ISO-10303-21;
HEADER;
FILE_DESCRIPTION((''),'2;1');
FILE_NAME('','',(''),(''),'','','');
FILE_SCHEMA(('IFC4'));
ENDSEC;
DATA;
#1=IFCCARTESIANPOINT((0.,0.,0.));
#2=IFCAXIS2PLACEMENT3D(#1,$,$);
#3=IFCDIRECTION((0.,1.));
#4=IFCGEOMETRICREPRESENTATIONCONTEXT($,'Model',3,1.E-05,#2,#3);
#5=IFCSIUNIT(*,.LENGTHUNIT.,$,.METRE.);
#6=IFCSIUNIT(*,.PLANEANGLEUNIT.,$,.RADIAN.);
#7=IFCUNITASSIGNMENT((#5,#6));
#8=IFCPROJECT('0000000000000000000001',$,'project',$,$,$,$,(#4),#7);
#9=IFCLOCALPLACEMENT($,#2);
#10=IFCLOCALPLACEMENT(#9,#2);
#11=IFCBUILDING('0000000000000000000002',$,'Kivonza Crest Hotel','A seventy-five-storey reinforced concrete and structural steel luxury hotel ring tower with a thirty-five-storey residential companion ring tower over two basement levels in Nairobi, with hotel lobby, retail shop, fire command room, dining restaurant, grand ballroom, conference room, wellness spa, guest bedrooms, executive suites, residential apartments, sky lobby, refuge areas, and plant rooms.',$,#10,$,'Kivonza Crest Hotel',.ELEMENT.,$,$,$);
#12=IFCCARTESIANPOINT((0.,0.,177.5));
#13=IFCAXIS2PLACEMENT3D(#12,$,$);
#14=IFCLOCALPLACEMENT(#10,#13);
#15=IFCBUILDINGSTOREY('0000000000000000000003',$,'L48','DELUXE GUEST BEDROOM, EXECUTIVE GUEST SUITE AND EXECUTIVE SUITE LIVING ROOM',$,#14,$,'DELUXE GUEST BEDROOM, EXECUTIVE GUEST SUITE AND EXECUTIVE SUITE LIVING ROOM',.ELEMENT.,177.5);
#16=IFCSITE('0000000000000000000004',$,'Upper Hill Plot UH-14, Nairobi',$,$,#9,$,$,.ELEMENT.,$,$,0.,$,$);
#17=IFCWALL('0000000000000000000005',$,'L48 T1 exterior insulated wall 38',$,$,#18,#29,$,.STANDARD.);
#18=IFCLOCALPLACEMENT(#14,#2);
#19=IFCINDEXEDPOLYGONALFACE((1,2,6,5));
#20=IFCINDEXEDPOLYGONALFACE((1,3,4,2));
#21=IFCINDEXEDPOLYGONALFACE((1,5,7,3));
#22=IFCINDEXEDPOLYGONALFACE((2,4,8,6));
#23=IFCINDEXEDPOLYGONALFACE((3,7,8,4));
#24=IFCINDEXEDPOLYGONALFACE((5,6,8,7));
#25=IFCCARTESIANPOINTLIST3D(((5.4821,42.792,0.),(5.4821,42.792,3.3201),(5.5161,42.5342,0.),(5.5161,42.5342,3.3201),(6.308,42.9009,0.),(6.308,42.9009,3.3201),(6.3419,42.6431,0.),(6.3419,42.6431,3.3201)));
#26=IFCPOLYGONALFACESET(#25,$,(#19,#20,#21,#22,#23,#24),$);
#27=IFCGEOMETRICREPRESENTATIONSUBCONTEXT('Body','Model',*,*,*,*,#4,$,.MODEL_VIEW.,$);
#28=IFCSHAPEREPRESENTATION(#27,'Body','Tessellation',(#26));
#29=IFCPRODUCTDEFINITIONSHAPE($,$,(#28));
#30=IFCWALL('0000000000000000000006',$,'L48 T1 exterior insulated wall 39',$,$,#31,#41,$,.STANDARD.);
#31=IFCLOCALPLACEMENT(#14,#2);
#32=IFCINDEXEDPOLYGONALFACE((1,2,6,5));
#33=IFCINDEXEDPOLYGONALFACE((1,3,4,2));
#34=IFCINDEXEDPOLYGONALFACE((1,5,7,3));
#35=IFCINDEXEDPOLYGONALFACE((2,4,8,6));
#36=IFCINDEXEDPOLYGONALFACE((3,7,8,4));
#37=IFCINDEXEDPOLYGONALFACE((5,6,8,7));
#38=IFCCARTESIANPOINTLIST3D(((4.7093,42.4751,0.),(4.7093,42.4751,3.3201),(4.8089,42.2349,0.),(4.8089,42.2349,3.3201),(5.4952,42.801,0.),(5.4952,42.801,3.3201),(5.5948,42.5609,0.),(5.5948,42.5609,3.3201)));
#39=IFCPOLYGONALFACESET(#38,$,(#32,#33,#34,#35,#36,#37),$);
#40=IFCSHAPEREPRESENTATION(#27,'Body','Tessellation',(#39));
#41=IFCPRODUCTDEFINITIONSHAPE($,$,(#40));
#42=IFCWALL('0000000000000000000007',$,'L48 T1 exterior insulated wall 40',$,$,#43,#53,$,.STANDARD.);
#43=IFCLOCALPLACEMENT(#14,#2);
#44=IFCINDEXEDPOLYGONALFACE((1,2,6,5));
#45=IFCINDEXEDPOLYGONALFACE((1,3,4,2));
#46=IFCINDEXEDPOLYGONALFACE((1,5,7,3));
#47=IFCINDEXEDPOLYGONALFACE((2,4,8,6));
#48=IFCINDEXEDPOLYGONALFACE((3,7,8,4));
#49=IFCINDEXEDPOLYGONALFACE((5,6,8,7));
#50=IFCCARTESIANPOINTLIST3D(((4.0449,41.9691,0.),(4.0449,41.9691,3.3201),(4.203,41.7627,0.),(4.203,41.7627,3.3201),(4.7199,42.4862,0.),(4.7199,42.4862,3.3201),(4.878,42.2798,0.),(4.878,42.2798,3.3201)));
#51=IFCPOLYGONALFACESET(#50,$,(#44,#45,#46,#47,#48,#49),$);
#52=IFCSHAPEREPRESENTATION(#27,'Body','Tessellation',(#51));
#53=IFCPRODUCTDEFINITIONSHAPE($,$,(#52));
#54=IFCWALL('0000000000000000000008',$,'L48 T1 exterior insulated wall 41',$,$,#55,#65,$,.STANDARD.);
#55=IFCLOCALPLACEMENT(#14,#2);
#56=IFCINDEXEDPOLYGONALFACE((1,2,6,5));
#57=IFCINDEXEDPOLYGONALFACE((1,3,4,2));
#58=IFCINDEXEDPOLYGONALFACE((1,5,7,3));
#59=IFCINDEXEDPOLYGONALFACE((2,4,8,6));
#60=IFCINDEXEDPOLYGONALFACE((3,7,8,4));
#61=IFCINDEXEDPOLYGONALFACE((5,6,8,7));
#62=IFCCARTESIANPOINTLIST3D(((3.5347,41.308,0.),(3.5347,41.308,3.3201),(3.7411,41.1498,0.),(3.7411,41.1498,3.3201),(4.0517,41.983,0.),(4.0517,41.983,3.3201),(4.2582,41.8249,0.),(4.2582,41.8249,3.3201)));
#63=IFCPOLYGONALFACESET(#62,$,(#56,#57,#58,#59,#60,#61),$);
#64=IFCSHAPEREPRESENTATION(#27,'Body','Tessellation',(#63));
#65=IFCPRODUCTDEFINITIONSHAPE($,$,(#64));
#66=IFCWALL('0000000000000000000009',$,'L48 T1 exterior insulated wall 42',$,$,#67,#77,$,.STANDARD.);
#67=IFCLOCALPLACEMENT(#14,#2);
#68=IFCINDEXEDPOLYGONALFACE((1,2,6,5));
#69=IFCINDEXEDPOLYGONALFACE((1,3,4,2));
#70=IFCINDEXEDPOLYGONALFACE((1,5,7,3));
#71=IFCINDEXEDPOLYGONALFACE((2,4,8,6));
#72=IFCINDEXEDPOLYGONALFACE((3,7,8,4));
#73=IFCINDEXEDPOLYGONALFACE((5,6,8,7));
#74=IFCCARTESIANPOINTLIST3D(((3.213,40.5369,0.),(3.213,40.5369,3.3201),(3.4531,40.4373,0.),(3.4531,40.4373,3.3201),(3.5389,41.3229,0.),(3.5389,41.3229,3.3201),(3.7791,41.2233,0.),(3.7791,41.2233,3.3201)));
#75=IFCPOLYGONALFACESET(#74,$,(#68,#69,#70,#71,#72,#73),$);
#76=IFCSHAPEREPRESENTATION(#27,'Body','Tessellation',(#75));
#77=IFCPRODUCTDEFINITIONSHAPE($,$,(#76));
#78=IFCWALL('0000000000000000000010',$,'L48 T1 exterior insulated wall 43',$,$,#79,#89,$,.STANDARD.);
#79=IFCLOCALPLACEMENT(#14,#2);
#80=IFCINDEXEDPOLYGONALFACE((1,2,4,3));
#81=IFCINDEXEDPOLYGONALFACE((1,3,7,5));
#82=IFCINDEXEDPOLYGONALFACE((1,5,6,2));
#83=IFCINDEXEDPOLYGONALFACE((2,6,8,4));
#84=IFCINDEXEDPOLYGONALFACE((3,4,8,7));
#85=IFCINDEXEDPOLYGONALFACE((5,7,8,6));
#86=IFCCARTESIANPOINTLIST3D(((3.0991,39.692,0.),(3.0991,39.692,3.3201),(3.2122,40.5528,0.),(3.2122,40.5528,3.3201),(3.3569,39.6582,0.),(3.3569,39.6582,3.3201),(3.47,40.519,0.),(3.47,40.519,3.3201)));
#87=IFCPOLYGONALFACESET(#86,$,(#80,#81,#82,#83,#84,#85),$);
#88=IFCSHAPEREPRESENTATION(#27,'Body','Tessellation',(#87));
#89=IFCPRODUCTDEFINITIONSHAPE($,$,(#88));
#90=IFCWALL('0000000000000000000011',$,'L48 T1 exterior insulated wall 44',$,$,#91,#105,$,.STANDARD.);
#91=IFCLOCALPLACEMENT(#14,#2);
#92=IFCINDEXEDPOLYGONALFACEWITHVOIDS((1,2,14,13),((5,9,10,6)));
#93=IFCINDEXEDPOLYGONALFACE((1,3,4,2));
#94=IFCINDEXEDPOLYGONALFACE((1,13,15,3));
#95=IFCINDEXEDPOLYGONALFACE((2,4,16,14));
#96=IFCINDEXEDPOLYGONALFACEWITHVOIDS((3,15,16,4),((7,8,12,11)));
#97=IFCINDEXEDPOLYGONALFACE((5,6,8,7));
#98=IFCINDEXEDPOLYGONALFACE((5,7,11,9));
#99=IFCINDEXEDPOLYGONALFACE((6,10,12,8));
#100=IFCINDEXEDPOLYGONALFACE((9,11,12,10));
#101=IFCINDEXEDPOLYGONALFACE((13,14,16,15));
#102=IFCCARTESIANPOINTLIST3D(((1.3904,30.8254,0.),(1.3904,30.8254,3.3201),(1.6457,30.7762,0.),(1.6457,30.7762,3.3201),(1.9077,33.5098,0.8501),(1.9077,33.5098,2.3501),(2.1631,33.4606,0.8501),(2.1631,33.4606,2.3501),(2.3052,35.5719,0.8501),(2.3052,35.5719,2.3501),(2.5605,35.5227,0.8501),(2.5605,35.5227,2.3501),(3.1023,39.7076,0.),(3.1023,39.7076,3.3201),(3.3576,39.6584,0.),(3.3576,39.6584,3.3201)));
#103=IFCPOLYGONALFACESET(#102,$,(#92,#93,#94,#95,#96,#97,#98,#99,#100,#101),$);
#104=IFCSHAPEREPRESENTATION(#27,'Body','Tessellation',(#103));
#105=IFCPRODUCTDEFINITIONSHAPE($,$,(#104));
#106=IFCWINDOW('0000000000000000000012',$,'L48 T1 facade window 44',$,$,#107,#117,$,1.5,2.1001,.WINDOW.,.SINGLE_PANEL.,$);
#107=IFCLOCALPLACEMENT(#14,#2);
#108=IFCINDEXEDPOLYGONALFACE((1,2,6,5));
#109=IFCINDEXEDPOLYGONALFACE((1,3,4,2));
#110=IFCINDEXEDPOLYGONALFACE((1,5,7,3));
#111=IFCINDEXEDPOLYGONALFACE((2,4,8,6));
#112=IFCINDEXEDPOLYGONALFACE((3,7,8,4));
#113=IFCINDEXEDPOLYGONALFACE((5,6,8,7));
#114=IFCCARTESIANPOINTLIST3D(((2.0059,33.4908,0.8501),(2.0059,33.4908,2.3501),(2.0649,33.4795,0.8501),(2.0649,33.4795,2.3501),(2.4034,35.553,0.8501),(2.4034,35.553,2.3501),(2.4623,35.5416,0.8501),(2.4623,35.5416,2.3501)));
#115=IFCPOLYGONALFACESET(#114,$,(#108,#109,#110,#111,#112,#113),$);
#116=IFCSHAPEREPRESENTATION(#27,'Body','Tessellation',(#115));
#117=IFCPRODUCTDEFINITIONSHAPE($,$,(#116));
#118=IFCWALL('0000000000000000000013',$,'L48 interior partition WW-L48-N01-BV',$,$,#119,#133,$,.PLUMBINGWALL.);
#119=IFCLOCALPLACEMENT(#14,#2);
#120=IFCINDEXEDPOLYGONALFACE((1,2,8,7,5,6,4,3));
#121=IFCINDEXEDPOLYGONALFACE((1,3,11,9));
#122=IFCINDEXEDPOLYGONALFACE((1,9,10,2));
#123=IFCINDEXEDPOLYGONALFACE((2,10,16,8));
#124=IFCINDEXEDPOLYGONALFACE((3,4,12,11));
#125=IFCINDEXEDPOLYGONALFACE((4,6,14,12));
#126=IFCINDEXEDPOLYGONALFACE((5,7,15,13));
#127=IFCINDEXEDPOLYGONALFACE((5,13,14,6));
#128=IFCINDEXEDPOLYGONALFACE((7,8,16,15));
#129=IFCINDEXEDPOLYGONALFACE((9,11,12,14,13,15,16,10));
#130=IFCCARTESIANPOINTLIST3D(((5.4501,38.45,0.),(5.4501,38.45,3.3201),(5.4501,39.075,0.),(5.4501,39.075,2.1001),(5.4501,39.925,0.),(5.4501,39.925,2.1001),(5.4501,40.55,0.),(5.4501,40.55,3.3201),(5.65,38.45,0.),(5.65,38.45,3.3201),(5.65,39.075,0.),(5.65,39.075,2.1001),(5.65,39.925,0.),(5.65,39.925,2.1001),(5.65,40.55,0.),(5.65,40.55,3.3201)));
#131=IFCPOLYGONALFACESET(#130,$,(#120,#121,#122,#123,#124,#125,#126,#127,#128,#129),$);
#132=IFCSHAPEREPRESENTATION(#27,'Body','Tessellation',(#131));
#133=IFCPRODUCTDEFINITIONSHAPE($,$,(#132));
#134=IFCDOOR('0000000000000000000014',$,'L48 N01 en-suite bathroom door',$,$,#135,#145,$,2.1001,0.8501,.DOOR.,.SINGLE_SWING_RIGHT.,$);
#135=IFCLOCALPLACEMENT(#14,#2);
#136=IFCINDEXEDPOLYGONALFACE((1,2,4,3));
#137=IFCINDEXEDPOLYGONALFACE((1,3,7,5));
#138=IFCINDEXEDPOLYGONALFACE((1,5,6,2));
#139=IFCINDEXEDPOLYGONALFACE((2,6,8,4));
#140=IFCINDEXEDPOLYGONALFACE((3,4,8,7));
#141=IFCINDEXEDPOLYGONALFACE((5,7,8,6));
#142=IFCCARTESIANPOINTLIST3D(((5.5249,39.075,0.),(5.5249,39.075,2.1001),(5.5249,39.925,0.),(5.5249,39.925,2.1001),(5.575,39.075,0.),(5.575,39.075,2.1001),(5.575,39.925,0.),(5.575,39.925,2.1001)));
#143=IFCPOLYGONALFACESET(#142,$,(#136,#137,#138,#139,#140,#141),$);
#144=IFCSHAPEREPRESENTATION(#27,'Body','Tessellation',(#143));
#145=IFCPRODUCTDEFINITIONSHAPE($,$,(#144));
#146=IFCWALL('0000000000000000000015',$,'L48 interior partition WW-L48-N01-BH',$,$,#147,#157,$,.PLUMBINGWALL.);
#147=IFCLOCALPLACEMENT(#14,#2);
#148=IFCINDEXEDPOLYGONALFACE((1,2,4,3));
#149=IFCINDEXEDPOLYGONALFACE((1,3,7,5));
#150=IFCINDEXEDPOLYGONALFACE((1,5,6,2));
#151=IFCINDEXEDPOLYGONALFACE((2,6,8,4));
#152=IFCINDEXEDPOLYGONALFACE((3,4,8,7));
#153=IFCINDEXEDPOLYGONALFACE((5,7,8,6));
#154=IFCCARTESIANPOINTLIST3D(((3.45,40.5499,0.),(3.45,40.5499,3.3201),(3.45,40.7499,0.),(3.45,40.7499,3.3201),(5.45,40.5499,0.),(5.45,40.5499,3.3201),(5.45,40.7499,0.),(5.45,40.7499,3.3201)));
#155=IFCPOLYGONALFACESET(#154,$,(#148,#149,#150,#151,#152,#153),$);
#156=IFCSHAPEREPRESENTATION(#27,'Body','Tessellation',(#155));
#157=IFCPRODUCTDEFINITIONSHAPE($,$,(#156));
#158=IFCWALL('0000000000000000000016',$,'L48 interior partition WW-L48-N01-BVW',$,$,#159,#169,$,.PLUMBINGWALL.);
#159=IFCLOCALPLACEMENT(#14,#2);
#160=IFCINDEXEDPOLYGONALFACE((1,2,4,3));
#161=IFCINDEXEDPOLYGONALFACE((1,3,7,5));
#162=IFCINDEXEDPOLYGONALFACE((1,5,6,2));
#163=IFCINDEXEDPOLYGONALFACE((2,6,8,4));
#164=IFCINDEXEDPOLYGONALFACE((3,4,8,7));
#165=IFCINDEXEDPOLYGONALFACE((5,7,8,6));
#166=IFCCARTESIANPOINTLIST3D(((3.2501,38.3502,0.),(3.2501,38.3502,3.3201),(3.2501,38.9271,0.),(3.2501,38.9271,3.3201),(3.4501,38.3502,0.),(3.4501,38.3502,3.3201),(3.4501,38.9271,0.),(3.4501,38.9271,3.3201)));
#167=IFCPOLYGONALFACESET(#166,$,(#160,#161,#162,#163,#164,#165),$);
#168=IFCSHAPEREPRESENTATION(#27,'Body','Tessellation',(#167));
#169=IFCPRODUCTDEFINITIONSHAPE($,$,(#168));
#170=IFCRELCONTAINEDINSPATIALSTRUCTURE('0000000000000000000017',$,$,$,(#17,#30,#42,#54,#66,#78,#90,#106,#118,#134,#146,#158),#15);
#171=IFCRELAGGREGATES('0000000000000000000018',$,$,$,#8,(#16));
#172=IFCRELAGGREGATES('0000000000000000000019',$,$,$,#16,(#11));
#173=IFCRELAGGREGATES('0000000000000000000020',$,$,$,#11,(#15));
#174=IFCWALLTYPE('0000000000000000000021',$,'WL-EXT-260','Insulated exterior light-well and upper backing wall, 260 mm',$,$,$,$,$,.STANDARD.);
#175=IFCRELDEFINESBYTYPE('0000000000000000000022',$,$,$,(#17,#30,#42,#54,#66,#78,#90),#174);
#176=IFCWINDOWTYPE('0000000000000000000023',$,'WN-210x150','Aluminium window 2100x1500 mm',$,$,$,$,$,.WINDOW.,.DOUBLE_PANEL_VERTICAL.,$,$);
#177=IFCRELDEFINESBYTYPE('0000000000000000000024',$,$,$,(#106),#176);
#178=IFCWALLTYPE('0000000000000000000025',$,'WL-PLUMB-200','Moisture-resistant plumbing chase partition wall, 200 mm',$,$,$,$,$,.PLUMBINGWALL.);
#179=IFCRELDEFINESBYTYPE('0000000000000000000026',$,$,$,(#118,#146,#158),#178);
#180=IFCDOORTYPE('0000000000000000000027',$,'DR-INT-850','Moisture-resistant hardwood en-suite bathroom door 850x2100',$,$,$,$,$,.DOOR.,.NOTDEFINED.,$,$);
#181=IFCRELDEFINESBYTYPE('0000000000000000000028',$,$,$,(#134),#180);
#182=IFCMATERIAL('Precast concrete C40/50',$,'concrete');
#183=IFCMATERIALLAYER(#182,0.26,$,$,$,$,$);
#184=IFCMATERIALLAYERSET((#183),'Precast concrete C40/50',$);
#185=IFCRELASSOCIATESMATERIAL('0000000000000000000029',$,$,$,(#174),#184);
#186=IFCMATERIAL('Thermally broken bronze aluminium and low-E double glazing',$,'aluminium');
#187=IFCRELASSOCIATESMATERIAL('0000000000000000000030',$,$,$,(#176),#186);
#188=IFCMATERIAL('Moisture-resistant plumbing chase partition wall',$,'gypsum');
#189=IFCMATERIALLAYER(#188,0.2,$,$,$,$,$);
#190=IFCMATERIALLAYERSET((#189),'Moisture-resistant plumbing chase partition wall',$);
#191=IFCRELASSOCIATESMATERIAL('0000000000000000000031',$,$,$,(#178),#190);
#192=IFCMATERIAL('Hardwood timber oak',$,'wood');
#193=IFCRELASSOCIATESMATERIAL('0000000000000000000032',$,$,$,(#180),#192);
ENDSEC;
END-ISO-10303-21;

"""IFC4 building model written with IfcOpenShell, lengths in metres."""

from ifc_helpers import new_model, si_unit, direction, frame, frame_2d, origin, place, context, subcontext, project, spatial, rectangle, extrude, material, layer, layer_set, type_object, element, fill, save


model = new_model("IFC4")

# Units and contexts
model_context = context("Model", 3, precision=1e-05, world=origin(), true_north=direction((0.0, 1.0)))
body_context = subcontext(model_context, "Body", "Model", "MODEL_VIEW")
ifc_project = project(units=[si_unit("LENGTHUNIT", "METRE"), si_unit("PLANEANGLEUNIT", "RADIAN")], contexts=[model_context])

# Site, building, storey
site_placement = place(None, origin())
site = spatial("IfcSite", under=ifc_project, at=site_placement, Name="Upper Hill Plot UH-14, Nairobi", CompositionType="ELEMENT", RefElevation=0.0)
building_placement = place(site_placement, origin())
building = spatial("IfcBuilding", under=site, at=building_placement, Name="Kivonza Crest Hotel", Description="A seventy-five-storey reinforced concrete and structural steel luxury hotel ring tower with a thirty-five-storey residential companion ring tower over two basement levels in Nairobi, with hotel lobby, retail shop, fire command room, dining restaurant, grand ballroom, conference room, wellness spa, guest bedrooms, executive suites, residential apartments, sky lobby, refuge areas, and plant rooms.", LongName="Kivonza Crest Hotel", CompositionType="ELEMENT")
storey_placement = place(building_placement, frame((0.0, 0.0, 177.5)))
storey = spatial("IfcBuildingStorey", under=building, at=storey_placement, Name="L48", Description="DELUXE GUEST BEDROOM, EXECUTIVE GUEST SUITE AND EXECUTIVE SUITE LIVING ROOM", LongName="DELUXE GUEST BEDROOM, EXECUTIVE GUEST SUITE AND EXECUTIVE SUITE LIVING ROOM", CompositionType="ELEMENT", Elevation=177.5)

# Shared definitions
ifc_material_1 = material(Name="Hardwood timber oak", Category="wood")

# Walls
ifc_material_2 = material(Name="Precast concrete C40/50", Category="concrete")
ifc_layer_1 = layer(ifc_material_2, 0.26)
ifc_layer_set_1 = layer_set([ifc_layer_1], Name="Precast concrete C40/50")
wall_type_1 = type_object("IfcWallType", Name="WL-EXT-260", Description="Insulated exterior light-well and upper backing wall, 260 mm", PredefinedType="STANDARD", material=ifc_layer_set_1)
wall_1_placement = place(storey_placement, frame((6.325, 42.772, 0.0), z_axis=(0.0, 0.0, 1.0), x_axis=(-0.991421, -0.130705, 0.0)))
element("IfcWall", 1, at=wall_1_placement, inside=storey, type_object=wall_type_1, Name="L48 T1 exterior insulated wall 38", PredefinedType="STANDARD", context=body_context, shape_type="SweptSolid", body=[
    extrude(rectangle(XDim=0.833, YDim=0.26, at=frame_2d((0.4165, 0.0))), origin(), (0.0, 0.0, 1.0), 3.3201),
])
wall_2_placement = place(storey_placement, frame((5.5449, 42.6809, 0.0), z_axis=(0.0, 0.0, 1.0), x_axis=(-0.923712, -0.383087, 0.0)))
element("IfcWall", 2, at=wall_2_placement, inside=storey, type_object=wall_type_1, Name="L48 T1 exterior insulated wall 39", PredefinedType="STANDARD", context=body_context, shape_type="SweptSolid", body=[
    extrude(rectangle(XDim=0.8508, YDim=0.26, at=frame_2d((0.4253, 0.0))), origin(), (0.0, 0.0, 1.0), 3.3201),
])
for number, where, z_axis, x_axis, name in (
    (3, (4.7991, 42.3831, 0.0), (0.0, 0.0, 1.0), (-0.79386, -0.6081, 0.0), "L48 T1 exterior insulated wall 40"),
    (4, (4.155, 41.9041, 0.0), (0.0, 0.0, 1.0), (-0.6081, -0.79386, 0.0), "L48 T1 exterior insulated wall 41"),
):
    element("IfcWall", number, at=place(storey_placement, frame(where, z_axis=z_axis, x_axis=x_axis)), inside=storey, type_object=wall_type_1, Name=name, PredefinedType="STANDARD", context=body_context, shape_type="SweptSolid", body=[
        extrude(rectangle(XDim=0.8503, YDim=0.26, at=frame_2d((0.4253, 0.0))), origin(), (0.0, 0.0, 1.0), 3.3201),
    ])
wall_3_placement = place(storey_placement, frame((3.6589, 41.2729, 0.0), z_axis=(0.0, 0.0, 1.0), x_axis=(-0.383087, -0.923712, 0.0)))
element("IfcWall", 5, at=wall_3_placement, inside=storey, type_object=wall_type_1, Name="L48 T1 exterior insulated wall 42", PredefinedType="STANDARD", context=body_context, shape_type="SweptSolid", body=[
    extrude(rectangle(XDim=0.8508, YDim=0.26, at=frame_2d((0.4253, 0.0))), origin(), (0.0, 0.0, 1.0), 3.3201),
])
wall_4_placement = place(storey_placement, frame((3.3411, 40.5359, 0.0), z_axis=(0.0, 0.0, 1.0), x_axis=(-0.130193, -0.991489, 0.0)))
element("IfcWall", 6, at=wall_4_placement, inside=storey, type_object=wall_type_1, Name="L48 T1 exterior insulated wall 43", PredefinedType="STANDARD", context=body_context, shape_type="SweptSolid", body=[
    extrude(rectangle(XDim=0.8682, YDim=0.26, at=frame_2d((0.4341, 0.0))), origin(), (0.0, 0.0, 1.0), 3.3201),
])

# Wall, opening, window
wall_5_placement = place(storey_placement, frame((3.23, 39.6831, 0.0), z_axis=(0.0, 0.0, 1.0), x_axis=(-0.189255, -0.981928, 0.0)))
wall_5 = element("IfcWall", 7, at=wall_5_placement, inside=storey, type_object=wall_type_1, Name="L48 T1 exterior insulated wall 44", PredefinedType="STANDARD", context=body_context, shape_type="SweptSolid", body=[
    extrude(rectangle(XDim=9.0457, YDim=0.26, at=frame_2d((4.5229, 0.0))), origin(), (0.0, 0.0, 1.0), 3.3201),
])
opening_1_placement = place(wall_5_placement, frame((4.2119, 0.0, 0.8501)))
opening_1 = element("IfcOpeningElement", 8, at=opening_1_placement, cuts=wall_5, PredefinedType="OPENING", context=body_context, shape_type="SweptSolid", body=[
    extrude(rectangle(XDim=2.1001, YDim=1.5, at=frame_2d((1.05, 0.75))), frame((0.0, 0.1401, 0.0), z_axis=(0.0, -1.0, 0.0), x_axis=(1.0, 0.0, 0.0)), (0.0, 0.0, 1.0), 0.28),
])
ifc_material_3 = material(Name="Thermally broken bronze aluminium and low-E double glazing", Category="aluminium")
window_type = type_object("IfcWindowType", Name="WN-210x150", Description="Aluminium window 2100x1500 mm", PartitioningType="DOUBLE_PANEL_VERTICAL", PredefinedType="WINDOW", material=ifc_material_3)
window_placement = place(opening_1_placement, origin())
window = element("IfcWindow", 9, at=window_placement, inside=storey, type_object=window_type, Name="L48 T1 facade window 44", OverallHeight=1.5, OverallWidth=2.1001, PartitioningType="SINGLE_PANEL", PredefinedType="WINDOW", context=body_context, shape_type="SweptSolid", body=[
    extrude(rectangle(XDim=2.1001, YDim=1.5, at=frame_2d((1.05, 0.75))), frame((0.0, 0.03, 0.0), z_axis=(0.0, -1.0, 0.0), x_axis=(1.0, 0.0, 0.0)), (0.0, 0.0, 1.0), 0.0601),
])
fill(opening_1, window)

# Wall, opening, door
ifc_material_4 = material(Name="Moisture-resistant plumbing chase partition wall", Category="gypsum")
ifc_layer_2 = layer(ifc_material_4, 0.2)
ifc_layer_set_2 = layer_set([ifc_layer_2], Name="Moisture-resistant plumbing chase partition wall")
wall_type_2 = type_object("IfcWallType", Name="WL-PLUMB-200", Description="Moisture-resistant plumbing chase partition wall, 200 mm", PredefinedType="PLUMBINGWALL", material=ifc_layer_set_2)
wall_6_placement = place(storey_placement, frame((5.55, 38.45, 0.0), z_axis=(0.0, 0.0, 1.0), x_axis=(0.0, 1.0, 0.0)))
wall_6 = element("IfcWall", 10, at=wall_6_placement, inside=storey, type_object=wall_type_2, Name="L48 interior partition WW-L48-N01-BV", PredefinedType="PLUMBINGWALL", context=body_context, shape_type="SweptSolid", body=[
    extrude(rectangle(XDim=2.1001, YDim=0.2, at=frame_2d((1.05, 0.0))), origin(), (0.0, 0.0, 1.0), 3.3201),
])
opening_2_placement = place(wall_6_placement, frame((0.625, 0.0, 0.0)))
opening_2 = element("IfcOpeningElement", 11, at=opening_2_placement, cuts=wall_6, PredefinedType="OPENING", context=body_context, shape_type="SweptSolid", body=[
    extrude(rectangle(XDim=0.8501, YDim=2.1001, at=frame_2d((0.425, 1.05))), frame((0.0, 0.1099, 0.0), z_axis=(0.0, -1.0, 0.0), x_axis=(1.0, 0.0, 0.0)), (0.0, 0.0, 1.0), 0.22),
])
door_type_1 = type_object("IfcDoorType", Name="DR-INT-850", Description="Moisture-resistant hardwood en-suite bathroom door 850x2100", OperationType="NOTDEFINED", PredefinedType="DOOR", material=ifc_material_1)
door_1_placement = place(opening_2_placement, frame((0.8501, 0.0, 0.0), z_axis=(0.0, 0.0, 1.0), x_axis=(-1.0, 0.0, 0.0)))
door_1 = element("IfcDoor", 12, at=door_1_placement, inside=storey, type_object=door_type_1, Name="L48 N01 en-suite bathroom door", OperationType="SINGLE_SWING_RIGHT", OverallHeight=2.1001, OverallWidth=0.8501, PredefinedType="DOOR", context=body_context, shape_type="SweptSolid", body=[
    extrude(rectangle(XDim=0.8501, YDim=2.1001, at=frame_2d((0.425, 1.05))), frame((0.0, 0.0249, 0.0), z_axis=(0.0, -1.0, 0.0), x_axis=(1.0, 0.0, 0.0)), (0.0, 0.0, 1.0), 0.05),
])
fill(opening_2, door_1)

# Walls
wall_7_placement = place(storey_placement, frame((3.45, 40.6499, 0.0), z_axis=(0.0, 0.0, 1.0), x_axis=(1.0, 0.0, 0.0)))
element("IfcWall", 13, at=wall_7_placement, inside=storey, type_object=wall_type_2, Name="L48 interior partition WW-L48-N01-BH", PredefinedType="PLUMBINGWALL", context=body_context, shape_type="SweptSolid", body=[
    extrude(rectangle(XDim=2.0, YDim=0.2, at=frame_2d((1.0, 0.0))), origin(), (0.0, 0.0, 1.0), 3.3201),
])
wall_8_placement = place(storey_placement, frame((3.3501, 38.3501, 0.0), z_axis=(0.0, 0.0, 1.0), x_axis=(0.0, 1.0, 0.0)))
element("IfcWall", 14, at=wall_8_placement, inside=storey, type_object=wall_type_2, Name="L48 interior partition WW-L48-N01-BVW", PredefinedType="PLUMBINGWALL", context=body_context, shape_type="SweptSolid", body=[
    extrude(rectangle(XDim=0.5769, YDim=0.2, at=frame_2d((0.2886, 0.0))), origin(), (0.0, 0.0, 1.0), 3.3201),
])

save(model, "model.ifc")
